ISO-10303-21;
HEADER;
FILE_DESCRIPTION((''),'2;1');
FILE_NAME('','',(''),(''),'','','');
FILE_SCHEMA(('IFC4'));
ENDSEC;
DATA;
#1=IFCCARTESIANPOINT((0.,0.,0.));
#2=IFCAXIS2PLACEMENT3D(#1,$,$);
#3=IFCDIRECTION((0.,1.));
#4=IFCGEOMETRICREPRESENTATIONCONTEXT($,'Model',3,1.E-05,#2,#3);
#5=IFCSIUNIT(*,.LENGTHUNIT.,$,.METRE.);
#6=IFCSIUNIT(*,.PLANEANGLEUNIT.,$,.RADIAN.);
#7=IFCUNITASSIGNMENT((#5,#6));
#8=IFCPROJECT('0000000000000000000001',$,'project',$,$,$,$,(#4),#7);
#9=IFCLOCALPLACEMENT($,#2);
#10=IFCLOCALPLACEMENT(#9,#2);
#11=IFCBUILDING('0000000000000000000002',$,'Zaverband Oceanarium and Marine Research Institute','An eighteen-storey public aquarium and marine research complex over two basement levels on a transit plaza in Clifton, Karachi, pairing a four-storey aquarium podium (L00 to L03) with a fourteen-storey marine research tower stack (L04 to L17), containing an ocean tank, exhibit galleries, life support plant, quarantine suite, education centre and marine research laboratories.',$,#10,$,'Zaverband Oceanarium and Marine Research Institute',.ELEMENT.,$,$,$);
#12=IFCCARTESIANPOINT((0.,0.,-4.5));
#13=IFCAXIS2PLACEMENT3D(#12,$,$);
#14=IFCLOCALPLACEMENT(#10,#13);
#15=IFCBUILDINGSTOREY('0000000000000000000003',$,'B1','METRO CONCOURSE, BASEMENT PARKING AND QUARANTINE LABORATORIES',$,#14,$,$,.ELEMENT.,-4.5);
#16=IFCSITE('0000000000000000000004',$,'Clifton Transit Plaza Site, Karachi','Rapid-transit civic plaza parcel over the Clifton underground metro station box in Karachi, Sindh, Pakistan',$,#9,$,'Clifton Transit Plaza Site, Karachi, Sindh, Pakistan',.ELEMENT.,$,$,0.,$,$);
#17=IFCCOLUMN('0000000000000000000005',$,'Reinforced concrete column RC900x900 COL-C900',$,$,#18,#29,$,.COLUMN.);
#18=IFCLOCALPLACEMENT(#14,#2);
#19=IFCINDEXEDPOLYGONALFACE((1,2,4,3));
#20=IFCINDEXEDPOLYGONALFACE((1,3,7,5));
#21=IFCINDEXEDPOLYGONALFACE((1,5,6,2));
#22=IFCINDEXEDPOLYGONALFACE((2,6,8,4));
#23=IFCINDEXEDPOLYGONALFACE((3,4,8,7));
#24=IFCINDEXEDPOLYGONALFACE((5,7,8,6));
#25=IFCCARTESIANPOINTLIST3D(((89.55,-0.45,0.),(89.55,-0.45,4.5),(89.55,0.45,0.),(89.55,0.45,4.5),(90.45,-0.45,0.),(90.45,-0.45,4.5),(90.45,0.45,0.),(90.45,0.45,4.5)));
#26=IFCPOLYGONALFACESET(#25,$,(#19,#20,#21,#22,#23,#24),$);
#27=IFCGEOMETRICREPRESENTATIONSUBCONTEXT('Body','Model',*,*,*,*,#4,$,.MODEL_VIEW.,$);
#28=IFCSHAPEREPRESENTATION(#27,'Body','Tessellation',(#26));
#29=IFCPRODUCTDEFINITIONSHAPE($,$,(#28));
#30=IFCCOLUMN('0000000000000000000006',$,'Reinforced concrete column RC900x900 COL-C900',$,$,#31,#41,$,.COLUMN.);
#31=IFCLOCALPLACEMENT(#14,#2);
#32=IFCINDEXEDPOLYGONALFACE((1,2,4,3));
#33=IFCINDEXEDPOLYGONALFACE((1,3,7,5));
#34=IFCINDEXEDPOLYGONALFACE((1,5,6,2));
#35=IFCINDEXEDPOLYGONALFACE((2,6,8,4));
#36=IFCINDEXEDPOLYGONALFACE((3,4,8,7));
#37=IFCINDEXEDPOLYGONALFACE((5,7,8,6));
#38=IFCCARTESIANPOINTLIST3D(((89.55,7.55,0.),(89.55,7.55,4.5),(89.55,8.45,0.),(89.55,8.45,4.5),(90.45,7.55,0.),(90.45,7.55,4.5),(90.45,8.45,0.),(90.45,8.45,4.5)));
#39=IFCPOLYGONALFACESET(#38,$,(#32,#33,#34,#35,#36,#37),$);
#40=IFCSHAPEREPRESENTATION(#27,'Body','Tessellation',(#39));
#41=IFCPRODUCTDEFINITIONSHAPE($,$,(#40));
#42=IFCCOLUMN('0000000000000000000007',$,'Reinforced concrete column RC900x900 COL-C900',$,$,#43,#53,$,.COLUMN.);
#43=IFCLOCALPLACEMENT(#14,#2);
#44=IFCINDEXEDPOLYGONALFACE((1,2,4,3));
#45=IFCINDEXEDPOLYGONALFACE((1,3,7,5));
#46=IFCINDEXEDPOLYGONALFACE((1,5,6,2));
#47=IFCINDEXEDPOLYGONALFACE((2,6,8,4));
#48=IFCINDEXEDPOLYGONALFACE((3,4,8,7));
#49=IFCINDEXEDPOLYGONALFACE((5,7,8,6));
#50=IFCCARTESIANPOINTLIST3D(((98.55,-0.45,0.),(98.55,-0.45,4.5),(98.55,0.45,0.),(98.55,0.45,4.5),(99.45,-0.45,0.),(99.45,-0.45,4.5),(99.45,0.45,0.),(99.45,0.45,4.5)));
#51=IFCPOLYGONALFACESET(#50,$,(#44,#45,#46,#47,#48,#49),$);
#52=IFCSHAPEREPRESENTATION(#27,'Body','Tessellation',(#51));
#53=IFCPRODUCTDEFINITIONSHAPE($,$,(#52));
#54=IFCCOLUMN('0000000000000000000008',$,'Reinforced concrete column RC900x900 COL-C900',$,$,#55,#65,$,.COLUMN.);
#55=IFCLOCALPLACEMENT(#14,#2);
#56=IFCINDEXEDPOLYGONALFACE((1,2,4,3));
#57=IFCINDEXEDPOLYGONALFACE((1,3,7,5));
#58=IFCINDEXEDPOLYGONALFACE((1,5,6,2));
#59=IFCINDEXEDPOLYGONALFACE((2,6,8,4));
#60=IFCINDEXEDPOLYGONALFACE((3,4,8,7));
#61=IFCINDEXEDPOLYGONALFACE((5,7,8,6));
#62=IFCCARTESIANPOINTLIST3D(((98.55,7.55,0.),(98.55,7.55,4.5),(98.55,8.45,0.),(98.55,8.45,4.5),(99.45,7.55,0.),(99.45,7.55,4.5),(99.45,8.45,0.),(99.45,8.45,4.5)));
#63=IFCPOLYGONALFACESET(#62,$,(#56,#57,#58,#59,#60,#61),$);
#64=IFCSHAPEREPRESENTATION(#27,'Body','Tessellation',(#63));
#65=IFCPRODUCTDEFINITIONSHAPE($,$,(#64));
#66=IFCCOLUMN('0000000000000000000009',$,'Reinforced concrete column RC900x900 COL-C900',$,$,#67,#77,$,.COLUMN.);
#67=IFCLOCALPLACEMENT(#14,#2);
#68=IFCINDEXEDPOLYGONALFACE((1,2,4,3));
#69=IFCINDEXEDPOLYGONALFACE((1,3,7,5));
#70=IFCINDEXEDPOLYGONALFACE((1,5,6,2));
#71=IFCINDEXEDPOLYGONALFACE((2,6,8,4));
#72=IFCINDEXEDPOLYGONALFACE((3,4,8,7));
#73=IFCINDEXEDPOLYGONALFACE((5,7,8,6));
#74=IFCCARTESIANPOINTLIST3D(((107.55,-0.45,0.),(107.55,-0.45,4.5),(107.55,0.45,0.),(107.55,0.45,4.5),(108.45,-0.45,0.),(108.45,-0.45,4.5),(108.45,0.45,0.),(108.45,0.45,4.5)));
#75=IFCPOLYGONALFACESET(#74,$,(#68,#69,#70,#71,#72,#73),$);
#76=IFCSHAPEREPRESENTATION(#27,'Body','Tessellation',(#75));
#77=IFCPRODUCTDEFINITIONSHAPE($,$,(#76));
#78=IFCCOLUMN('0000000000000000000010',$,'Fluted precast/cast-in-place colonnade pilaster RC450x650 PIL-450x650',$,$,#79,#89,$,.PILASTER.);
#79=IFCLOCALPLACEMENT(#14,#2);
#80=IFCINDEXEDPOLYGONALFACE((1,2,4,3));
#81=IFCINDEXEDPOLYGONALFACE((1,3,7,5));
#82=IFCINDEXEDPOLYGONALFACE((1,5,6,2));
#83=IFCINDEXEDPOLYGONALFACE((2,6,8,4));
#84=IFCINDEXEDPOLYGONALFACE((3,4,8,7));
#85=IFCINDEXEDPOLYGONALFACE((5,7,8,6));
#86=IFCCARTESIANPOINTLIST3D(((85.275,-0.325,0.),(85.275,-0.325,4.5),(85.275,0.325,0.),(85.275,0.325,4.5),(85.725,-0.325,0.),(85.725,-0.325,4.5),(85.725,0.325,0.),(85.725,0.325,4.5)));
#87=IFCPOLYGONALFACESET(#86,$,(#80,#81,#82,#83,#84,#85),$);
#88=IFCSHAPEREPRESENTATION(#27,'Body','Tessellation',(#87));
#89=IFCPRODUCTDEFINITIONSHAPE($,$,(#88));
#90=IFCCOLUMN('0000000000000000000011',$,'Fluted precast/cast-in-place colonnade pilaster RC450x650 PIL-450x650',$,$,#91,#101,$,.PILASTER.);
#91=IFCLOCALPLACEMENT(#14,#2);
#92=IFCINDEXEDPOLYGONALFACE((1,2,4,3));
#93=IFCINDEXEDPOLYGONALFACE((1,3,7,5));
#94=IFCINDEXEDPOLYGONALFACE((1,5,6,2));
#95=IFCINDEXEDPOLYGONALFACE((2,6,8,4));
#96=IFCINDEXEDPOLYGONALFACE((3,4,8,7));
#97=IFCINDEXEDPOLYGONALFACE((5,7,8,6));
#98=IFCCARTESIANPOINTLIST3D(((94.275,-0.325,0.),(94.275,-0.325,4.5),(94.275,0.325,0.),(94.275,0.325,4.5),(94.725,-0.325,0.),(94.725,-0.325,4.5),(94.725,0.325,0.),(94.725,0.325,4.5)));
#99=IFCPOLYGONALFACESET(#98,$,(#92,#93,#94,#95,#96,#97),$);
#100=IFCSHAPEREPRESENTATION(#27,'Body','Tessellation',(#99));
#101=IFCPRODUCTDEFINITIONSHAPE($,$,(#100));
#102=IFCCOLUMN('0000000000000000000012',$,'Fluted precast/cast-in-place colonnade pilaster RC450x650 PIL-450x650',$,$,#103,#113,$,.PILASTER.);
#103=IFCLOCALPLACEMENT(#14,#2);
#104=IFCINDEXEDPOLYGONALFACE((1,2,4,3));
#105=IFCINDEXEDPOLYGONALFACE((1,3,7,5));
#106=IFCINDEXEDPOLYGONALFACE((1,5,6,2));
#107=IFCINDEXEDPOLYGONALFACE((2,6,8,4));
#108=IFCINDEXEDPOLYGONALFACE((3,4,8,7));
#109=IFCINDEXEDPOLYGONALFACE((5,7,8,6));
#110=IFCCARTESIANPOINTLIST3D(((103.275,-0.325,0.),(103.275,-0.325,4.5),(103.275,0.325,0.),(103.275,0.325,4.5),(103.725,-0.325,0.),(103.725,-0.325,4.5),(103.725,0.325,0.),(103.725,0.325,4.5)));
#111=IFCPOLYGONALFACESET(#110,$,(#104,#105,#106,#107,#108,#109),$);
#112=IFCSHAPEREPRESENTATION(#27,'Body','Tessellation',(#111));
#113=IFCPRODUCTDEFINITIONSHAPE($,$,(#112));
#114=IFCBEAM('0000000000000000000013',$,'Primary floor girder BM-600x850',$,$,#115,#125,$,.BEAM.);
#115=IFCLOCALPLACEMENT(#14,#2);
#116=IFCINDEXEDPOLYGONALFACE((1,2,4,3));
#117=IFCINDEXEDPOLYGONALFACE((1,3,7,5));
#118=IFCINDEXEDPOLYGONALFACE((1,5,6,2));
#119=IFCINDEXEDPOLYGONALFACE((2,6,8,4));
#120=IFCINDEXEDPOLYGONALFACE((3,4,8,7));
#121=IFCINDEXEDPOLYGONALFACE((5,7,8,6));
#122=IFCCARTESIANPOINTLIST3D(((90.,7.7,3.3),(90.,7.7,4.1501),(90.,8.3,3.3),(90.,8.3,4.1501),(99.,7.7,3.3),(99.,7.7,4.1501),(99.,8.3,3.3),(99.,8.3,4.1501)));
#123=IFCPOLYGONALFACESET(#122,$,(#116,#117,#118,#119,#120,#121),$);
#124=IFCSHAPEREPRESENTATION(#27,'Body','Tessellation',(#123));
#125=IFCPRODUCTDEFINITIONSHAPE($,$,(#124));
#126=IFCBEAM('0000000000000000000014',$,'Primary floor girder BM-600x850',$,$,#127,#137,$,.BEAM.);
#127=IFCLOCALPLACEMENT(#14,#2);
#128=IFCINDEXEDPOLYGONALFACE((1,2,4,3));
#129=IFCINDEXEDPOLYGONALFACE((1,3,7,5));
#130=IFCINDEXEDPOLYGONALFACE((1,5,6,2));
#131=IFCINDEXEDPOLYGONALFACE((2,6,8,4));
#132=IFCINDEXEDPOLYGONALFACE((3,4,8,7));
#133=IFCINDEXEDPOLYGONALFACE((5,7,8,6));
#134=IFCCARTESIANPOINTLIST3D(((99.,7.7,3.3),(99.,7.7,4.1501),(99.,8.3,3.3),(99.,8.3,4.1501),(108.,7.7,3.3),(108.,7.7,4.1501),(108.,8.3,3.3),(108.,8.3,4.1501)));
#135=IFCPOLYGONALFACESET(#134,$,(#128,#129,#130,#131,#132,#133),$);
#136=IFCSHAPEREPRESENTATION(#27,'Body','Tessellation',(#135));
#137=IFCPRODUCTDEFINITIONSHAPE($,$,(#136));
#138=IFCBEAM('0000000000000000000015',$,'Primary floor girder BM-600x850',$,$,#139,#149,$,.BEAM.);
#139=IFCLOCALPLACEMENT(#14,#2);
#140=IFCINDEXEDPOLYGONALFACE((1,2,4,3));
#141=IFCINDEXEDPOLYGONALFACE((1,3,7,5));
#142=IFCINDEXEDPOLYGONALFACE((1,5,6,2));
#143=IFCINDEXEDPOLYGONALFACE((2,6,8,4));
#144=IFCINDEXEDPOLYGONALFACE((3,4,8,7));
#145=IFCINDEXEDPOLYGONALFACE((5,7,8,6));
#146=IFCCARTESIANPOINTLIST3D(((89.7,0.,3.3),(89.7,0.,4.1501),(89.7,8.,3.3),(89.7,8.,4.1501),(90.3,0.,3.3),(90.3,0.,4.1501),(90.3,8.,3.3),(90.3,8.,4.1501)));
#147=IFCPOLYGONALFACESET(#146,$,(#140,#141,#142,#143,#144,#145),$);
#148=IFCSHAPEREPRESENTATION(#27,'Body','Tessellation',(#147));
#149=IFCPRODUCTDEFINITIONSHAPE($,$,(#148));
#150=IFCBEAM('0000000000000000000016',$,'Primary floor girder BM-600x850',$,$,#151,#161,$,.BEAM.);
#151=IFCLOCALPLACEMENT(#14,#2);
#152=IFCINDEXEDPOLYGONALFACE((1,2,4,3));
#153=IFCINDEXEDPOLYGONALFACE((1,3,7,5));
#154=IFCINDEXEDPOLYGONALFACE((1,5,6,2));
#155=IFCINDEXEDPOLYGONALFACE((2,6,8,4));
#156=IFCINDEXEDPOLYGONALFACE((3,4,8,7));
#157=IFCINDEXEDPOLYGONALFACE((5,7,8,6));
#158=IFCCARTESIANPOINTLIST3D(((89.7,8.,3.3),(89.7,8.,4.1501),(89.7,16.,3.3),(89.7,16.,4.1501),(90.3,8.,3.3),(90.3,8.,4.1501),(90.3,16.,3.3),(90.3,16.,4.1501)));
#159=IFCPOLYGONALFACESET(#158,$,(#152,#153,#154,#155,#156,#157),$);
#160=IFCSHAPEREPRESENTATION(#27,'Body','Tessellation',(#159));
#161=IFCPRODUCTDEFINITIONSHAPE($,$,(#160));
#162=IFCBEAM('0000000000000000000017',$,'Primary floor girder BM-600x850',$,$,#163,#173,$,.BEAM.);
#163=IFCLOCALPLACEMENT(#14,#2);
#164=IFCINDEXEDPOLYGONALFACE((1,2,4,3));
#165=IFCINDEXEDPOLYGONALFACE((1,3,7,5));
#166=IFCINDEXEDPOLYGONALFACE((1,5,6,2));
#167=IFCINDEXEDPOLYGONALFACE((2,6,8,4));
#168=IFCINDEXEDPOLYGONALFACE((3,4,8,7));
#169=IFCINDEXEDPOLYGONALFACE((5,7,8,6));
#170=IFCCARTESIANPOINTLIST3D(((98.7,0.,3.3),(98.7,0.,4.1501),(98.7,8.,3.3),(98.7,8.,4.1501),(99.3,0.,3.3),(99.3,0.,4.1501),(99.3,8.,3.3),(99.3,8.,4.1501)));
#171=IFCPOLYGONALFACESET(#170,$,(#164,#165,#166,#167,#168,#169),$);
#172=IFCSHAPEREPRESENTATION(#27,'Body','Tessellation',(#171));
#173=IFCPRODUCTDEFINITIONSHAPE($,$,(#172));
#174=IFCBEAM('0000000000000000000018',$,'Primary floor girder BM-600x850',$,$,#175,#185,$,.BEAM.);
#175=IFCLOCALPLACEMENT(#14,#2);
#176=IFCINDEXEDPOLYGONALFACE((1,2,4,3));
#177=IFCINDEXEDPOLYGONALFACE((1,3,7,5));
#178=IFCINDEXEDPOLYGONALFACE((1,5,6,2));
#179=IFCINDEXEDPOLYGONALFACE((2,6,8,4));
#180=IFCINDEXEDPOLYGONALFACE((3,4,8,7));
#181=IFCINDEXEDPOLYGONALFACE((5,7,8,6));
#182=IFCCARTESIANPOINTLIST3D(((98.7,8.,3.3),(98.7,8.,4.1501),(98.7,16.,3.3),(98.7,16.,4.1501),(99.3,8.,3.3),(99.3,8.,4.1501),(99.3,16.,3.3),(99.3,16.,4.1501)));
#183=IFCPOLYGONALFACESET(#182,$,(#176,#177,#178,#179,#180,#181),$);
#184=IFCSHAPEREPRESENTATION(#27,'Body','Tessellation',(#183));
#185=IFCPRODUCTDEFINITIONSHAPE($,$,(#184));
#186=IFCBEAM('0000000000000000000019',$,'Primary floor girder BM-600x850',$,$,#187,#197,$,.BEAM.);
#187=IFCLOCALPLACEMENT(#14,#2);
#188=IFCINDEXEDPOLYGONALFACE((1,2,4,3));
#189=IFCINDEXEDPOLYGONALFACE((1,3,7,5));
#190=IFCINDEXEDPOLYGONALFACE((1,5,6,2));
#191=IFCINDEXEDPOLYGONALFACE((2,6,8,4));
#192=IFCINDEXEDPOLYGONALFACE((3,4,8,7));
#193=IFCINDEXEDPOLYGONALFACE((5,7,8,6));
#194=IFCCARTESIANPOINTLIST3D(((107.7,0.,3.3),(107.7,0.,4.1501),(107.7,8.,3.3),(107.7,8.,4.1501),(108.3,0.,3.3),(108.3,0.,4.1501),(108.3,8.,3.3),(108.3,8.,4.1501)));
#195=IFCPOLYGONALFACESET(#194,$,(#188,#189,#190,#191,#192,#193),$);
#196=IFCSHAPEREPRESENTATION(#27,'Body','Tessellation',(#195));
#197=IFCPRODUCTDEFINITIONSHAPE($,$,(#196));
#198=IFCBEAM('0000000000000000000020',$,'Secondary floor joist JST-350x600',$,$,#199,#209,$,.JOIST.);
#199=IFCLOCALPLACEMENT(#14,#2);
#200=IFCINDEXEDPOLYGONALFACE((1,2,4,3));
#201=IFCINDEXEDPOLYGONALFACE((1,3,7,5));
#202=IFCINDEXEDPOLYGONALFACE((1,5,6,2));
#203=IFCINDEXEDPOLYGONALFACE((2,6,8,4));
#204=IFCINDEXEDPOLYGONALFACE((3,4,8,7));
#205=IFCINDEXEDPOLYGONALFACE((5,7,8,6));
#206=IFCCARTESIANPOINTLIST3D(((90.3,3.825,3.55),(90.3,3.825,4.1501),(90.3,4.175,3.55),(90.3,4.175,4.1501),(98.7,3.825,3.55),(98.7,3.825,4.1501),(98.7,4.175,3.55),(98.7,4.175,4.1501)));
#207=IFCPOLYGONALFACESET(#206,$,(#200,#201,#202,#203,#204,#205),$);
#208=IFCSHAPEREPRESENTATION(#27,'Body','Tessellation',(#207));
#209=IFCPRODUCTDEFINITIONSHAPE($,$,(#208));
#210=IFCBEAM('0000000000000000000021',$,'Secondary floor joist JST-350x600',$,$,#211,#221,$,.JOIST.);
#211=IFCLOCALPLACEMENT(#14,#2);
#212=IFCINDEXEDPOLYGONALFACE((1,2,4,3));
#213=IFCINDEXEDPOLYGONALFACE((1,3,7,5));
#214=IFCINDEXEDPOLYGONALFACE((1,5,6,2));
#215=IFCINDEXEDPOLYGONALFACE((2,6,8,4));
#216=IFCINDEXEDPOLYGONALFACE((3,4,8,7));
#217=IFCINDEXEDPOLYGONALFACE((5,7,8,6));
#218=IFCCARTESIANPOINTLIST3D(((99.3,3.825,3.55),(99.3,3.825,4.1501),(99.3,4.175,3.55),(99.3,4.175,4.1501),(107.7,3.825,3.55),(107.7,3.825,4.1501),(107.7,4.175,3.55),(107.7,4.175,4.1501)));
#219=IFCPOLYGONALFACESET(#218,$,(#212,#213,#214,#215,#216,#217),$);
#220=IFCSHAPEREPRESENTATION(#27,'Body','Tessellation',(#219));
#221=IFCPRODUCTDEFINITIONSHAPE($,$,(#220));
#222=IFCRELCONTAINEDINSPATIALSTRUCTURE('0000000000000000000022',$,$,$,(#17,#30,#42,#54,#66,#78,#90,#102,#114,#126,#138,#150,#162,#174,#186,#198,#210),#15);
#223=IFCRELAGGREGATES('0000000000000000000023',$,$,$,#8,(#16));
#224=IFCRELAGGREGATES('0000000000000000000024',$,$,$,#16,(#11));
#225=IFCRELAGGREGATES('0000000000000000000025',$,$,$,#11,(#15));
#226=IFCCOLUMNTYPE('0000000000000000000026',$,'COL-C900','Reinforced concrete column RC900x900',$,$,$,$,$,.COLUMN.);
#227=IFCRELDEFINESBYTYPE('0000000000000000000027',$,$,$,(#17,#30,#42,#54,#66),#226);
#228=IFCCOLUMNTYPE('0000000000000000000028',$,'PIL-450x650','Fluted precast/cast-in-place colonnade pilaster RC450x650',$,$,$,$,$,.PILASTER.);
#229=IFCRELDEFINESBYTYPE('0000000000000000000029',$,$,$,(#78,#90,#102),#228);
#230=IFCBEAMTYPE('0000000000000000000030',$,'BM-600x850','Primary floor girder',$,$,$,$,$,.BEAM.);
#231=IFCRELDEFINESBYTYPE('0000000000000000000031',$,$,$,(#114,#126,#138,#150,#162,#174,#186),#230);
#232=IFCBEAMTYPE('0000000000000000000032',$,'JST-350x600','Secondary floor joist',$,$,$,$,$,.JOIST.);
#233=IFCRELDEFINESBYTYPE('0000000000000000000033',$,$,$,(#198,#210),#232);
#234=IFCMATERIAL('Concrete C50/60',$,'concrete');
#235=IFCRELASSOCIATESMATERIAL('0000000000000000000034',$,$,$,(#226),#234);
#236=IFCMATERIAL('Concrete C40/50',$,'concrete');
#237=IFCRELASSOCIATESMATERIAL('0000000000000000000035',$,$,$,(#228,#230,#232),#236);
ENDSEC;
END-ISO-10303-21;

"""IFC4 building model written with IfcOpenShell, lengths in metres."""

from ifc_helpers import new_model, si_unit, direction, frame, origin, origin_2d, place, context, subcontext, project, spatial, rectangle, extrude, material, material_profile, profile_set, type_object, element, save


model = new_model("IFC4")

# Units and contexts
model_context = context("Model", 3, precision=1e-05, world=origin(), true_north=direction((0.0, 1.0)))
body_context = subcontext(model_context, "Body", "Model", "MODEL_VIEW")
ifc_project = project(units=[si_unit("LENGTHUNIT", "METRE"), si_unit("PLANEANGLEUNIT", "RADIAN")], contexts=[model_context])

# Site, building, storey
site_placement = place(None, origin())
site = spatial("IfcSite", under=ifc_project, at=site_placement, Name="Clifton Transit Plaza Site, Karachi", Description="Rapid-transit civic plaza parcel over the Clifton underground metro station box in Karachi, Sindh, Pakistan", LongName="Clifton Transit Plaza Site, Karachi, Sindh, Pakistan", CompositionType="ELEMENT", RefElevation=0.0)
building_placement = place(site_placement, origin())
building = spatial("IfcBuilding", under=site, at=building_placement, Name="Zaverband Oceanarium and Marine Research Institute", Description="An eighteen-storey public aquarium and marine research complex over two basement levels on a transit plaza in Clifton, Karachi, pairing a four-storey aquarium podium (L00 to L03) with a fourteen-storey marine research tower stack (L04 to L17), containing an ocean tank, exhibit galleries, life support plant, quarantine suite, education centre and marine research laboratories.", LongName="Zaverband Oceanarium and Marine Research Institute", CompositionType="ELEMENT")
storey_placement = place(building_placement, frame((0.0, 0.0, -4.5)))
storey = spatial("IfcBuildingStorey", under=building, at=storey_placement, Name="B1", Description="METRO CONCOURSE, BASEMENT PARKING AND QUARANTINE LABORATORIES", CompositionType="ELEMENT", Elevation=-4.5)

# Columns
ifc_material_1 = material(Name="Concrete C50/60", Category="concrete")
ifc_material_profile_1 = material_profile(ifc_material_1, rectangle(XDim=0.8999, YDim=0.8999, at=origin_2d()), Name="RC900x900")
ifc_profile_set_1 = profile_set([ifc_material_profile_1], Name="Concrete C50/60")
column_type_1 = type_object("IfcColumnType", Name="COL-C900", Description="Reinforced concrete column RC900x900", PredefinedType="COLUMN", material=ifc_profile_set_1)
for number, where, z_axis, x_axis, name in (
    (1, (90.0, 0.0, 0.0), (0.0, 0.0, 1.0), (1.0, 0.0, 0.0), "Reinforced concrete column RC900x900 COL-C900"),
    (2, (90.0, 8.0, 0.0), (0.0, 0.0, 1.0), (1.0, 0.0, 0.0), "Reinforced concrete column RC900x900 COL-C900"),
    (3, (99.0, 0.0, 0.0), (0.0, 0.0, 1.0), (1.0, 0.0, 0.0), "Reinforced concrete column RC900x900 COL-C900"),
    (4, (99.0, 8.0, 0.0), (0.0, 0.0, 1.0), (1.0, 0.0, 0.0), "Reinforced concrete column RC900x900 COL-C900"),
    (5, (108.0, 0.0, 0.0), (0.0, 0.0, 1.0), (1.0, 0.0, 0.0), "Reinforced concrete column RC900x900 COL-C900"),
):
    element("IfcColumn", number, at=place(storey_placement, frame(where, z_axis=z_axis, x_axis=x_axis)), inside=storey, type_object=column_type_1, Name=name, PredefinedType="COLUMN", context=body_context, shape_type="SweptSolid", body=[
        extrude(rectangle(XDim=0.8999, YDim=0.8999, at=origin_2d()), origin(), (0.0, 0.0, 1.0), 4.5),
    ])
ifc_material_2 = material(Name="Concrete C40/50", Category="concrete")
ifc_material_profile_2 = material_profile(ifc_material_2, rectangle(XDim=0.45, YDim=0.6499, at=origin_2d()), Name="RC450x650")
ifc_profile_set_2 = profile_set([ifc_material_profile_2], Name="Concrete C40/50")
column_type_2 = type_object("IfcColumnType", Name="PIL-450x650", Description="Fluted precast/cast-in-place colonnade pilaster RC450x650", PredefinedType="PILASTER", material=ifc_profile_set_2)
for number, where, z_axis, x_axis, name in (
    (6, (85.5, 0.0, 0.0), (0.0, 0.0, 1.0), (1.0, 0.0, 0.0), "Fluted precast/cast-in-place colonnade pilaster RC450x650 PIL-450x650"),
    (7, (94.5, 0.0, 0.0), (0.0, 0.0, 1.0), (1.0, 0.0, 0.0), "Fluted precast/cast-in-place colonnade pilaster RC450x650 PIL-450x650"),
    (8, (103.5, 0.0, 0.0), (0.0, 0.0, 1.0), (1.0, 0.0, 0.0), "Fluted precast/cast-in-place colonnade pilaster RC450x650 PIL-450x650"),
):
    element("IfcColumn", number, at=place(storey_placement, frame(where, z_axis=z_axis, x_axis=x_axis)), inside=storey, type_object=column_type_2, Name=name, PredefinedType="PILASTER", context=body_context, shape_type="SweptSolid", body=[
        extrude(rectangle(XDim=0.45, YDim=0.6499, at=origin_2d()), origin(), (0.0, 0.0, 1.0), 4.5),
    ])

# Beams
ifc_material_profile_3 = material_profile(ifc_material_2, rectangle(XDim=0.6001, YDim=0.8501, at=origin_2d()), Name="RC600x850")
ifc_profile_set_3 = profile_set([ifc_material_profile_3], Name="Concrete C40/50")
beam_type_1 = type_object("IfcBeamType", Name="BM-600x850", Description="Primary floor girder", PredefinedType="BEAM", material=ifc_profile_set_3)
for number, where, z_axis, x_axis, name in (
    (9, (90.0, 8.0, 3.7251), (1.0, 0.0, 0.0), (0.0, 1.0, 0.0), "Primary floor girder BM-600x850"),
    (10, (99.0, 8.0, 3.7251), (1.0, 0.0, 0.0), (0.0, 1.0, 0.0), "Primary floor girder BM-600x850"),
):
    element("IfcBeam", number, at=place(storey_placement, frame(where, z_axis=z_axis, x_axis=x_axis)), inside=storey, type_object=beam_type_1, Name=name, PredefinedType="BEAM", context=body_context, shape_type="SweptSolid", body=[
        extrude(rectangle(XDim=0.6001, YDim=0.8501, at=origin_2d()), origin(), (0.0, 0.0, 1.0), 9.0),
    ])
for number, where, z_axis, x_axis, name in (
    (11, (90.0, 0.0, 3.7251), (0.0, 1.0, 0.0), (-1.0, 0.0, 0.0), "Primary floor girder BM-600x850"),
    (12, (90.0, 8.0, 3.7251), (0.0, 1.0, 0.0), (-1.0, 0.0, 0.0), "Primary floor girder BM-600x850"),
    (13, (99.0, 0.0, 3.7251), (0.0, 1.0, 0.0), (-1.0, 0.0, 0.0), "Primary floor girder BM-600x850"),
    (14, (99.0, 8.0, 3.7251), (0.0, 1.0, 0.0), (-1.0, 0.0, 0.0), "Primary floor girder BM-600x850"),
    (15, (108.0, 0.0, 3.7251), (0.0, 1.0, 0.0), (-1.0, 0.0, 0.0), "Primary floor girder BM-600x850"),
):
    element("IfcBeam", number, at=place(storey_placement, frame(where, z_axis=z_axis, x_axis=x_axis)), inside=storey, type_object=beam_type_1, Name=name, PredefinedType="BEAM", context=body_context, shape_type="SweptSolid", body=[
        extrude(rectangle(XDim=0.6001, YDim=0.8501, at=origin_2d()), origin(), (0.0, 0.0, 1.0), 8.0),
    ])
ifc_material_profile_4 = material_profile(ifc_material_2, rectangle(XDim=0.3501, YDim=0.6001, at=origin_2d()), Name="RC350x600")
ifc_profile_set_4 = profile_set([ifc_material_profile_4], Name="Concrete C40/50")
beam_type_2 = type_object("IfcBeamType", Name="JST-350x600", Description="Secondary floor joist", PredefinedType="JOIST", material=ifc_profile_set_4)
for number, where, z_axis, x_axis, name in (
    (16, (90.3, 4.0, 3.8501), (1.0, 0.0, 0.0), (0.0, 1.0, 0.0), "Secondary floor joist JST-350x600"),
    (17, (99.3, 4.0, 3.8501), (1.0, 0.0, 0.0), (0.0, 1.0, 0.0), "Secondary floor joist JST-350x600"),
):
    element("IfcBeam", number, at=place(storey_placement, frame(where, z_axis=z_axis, x_axis=x_axis)), inside=storey, type_object=beam_type_2, Name=name, PredefinedType="JOIST", context=body_context, shape_type="SweptSolid", body=[
        extrude(rectangle(XDim=0.3501, YDim=0.6001, at=origin_2d()), origin(), (0.0, 0.0, 1.0), 8.3999),
    ])

save(model, "model.ifc")
